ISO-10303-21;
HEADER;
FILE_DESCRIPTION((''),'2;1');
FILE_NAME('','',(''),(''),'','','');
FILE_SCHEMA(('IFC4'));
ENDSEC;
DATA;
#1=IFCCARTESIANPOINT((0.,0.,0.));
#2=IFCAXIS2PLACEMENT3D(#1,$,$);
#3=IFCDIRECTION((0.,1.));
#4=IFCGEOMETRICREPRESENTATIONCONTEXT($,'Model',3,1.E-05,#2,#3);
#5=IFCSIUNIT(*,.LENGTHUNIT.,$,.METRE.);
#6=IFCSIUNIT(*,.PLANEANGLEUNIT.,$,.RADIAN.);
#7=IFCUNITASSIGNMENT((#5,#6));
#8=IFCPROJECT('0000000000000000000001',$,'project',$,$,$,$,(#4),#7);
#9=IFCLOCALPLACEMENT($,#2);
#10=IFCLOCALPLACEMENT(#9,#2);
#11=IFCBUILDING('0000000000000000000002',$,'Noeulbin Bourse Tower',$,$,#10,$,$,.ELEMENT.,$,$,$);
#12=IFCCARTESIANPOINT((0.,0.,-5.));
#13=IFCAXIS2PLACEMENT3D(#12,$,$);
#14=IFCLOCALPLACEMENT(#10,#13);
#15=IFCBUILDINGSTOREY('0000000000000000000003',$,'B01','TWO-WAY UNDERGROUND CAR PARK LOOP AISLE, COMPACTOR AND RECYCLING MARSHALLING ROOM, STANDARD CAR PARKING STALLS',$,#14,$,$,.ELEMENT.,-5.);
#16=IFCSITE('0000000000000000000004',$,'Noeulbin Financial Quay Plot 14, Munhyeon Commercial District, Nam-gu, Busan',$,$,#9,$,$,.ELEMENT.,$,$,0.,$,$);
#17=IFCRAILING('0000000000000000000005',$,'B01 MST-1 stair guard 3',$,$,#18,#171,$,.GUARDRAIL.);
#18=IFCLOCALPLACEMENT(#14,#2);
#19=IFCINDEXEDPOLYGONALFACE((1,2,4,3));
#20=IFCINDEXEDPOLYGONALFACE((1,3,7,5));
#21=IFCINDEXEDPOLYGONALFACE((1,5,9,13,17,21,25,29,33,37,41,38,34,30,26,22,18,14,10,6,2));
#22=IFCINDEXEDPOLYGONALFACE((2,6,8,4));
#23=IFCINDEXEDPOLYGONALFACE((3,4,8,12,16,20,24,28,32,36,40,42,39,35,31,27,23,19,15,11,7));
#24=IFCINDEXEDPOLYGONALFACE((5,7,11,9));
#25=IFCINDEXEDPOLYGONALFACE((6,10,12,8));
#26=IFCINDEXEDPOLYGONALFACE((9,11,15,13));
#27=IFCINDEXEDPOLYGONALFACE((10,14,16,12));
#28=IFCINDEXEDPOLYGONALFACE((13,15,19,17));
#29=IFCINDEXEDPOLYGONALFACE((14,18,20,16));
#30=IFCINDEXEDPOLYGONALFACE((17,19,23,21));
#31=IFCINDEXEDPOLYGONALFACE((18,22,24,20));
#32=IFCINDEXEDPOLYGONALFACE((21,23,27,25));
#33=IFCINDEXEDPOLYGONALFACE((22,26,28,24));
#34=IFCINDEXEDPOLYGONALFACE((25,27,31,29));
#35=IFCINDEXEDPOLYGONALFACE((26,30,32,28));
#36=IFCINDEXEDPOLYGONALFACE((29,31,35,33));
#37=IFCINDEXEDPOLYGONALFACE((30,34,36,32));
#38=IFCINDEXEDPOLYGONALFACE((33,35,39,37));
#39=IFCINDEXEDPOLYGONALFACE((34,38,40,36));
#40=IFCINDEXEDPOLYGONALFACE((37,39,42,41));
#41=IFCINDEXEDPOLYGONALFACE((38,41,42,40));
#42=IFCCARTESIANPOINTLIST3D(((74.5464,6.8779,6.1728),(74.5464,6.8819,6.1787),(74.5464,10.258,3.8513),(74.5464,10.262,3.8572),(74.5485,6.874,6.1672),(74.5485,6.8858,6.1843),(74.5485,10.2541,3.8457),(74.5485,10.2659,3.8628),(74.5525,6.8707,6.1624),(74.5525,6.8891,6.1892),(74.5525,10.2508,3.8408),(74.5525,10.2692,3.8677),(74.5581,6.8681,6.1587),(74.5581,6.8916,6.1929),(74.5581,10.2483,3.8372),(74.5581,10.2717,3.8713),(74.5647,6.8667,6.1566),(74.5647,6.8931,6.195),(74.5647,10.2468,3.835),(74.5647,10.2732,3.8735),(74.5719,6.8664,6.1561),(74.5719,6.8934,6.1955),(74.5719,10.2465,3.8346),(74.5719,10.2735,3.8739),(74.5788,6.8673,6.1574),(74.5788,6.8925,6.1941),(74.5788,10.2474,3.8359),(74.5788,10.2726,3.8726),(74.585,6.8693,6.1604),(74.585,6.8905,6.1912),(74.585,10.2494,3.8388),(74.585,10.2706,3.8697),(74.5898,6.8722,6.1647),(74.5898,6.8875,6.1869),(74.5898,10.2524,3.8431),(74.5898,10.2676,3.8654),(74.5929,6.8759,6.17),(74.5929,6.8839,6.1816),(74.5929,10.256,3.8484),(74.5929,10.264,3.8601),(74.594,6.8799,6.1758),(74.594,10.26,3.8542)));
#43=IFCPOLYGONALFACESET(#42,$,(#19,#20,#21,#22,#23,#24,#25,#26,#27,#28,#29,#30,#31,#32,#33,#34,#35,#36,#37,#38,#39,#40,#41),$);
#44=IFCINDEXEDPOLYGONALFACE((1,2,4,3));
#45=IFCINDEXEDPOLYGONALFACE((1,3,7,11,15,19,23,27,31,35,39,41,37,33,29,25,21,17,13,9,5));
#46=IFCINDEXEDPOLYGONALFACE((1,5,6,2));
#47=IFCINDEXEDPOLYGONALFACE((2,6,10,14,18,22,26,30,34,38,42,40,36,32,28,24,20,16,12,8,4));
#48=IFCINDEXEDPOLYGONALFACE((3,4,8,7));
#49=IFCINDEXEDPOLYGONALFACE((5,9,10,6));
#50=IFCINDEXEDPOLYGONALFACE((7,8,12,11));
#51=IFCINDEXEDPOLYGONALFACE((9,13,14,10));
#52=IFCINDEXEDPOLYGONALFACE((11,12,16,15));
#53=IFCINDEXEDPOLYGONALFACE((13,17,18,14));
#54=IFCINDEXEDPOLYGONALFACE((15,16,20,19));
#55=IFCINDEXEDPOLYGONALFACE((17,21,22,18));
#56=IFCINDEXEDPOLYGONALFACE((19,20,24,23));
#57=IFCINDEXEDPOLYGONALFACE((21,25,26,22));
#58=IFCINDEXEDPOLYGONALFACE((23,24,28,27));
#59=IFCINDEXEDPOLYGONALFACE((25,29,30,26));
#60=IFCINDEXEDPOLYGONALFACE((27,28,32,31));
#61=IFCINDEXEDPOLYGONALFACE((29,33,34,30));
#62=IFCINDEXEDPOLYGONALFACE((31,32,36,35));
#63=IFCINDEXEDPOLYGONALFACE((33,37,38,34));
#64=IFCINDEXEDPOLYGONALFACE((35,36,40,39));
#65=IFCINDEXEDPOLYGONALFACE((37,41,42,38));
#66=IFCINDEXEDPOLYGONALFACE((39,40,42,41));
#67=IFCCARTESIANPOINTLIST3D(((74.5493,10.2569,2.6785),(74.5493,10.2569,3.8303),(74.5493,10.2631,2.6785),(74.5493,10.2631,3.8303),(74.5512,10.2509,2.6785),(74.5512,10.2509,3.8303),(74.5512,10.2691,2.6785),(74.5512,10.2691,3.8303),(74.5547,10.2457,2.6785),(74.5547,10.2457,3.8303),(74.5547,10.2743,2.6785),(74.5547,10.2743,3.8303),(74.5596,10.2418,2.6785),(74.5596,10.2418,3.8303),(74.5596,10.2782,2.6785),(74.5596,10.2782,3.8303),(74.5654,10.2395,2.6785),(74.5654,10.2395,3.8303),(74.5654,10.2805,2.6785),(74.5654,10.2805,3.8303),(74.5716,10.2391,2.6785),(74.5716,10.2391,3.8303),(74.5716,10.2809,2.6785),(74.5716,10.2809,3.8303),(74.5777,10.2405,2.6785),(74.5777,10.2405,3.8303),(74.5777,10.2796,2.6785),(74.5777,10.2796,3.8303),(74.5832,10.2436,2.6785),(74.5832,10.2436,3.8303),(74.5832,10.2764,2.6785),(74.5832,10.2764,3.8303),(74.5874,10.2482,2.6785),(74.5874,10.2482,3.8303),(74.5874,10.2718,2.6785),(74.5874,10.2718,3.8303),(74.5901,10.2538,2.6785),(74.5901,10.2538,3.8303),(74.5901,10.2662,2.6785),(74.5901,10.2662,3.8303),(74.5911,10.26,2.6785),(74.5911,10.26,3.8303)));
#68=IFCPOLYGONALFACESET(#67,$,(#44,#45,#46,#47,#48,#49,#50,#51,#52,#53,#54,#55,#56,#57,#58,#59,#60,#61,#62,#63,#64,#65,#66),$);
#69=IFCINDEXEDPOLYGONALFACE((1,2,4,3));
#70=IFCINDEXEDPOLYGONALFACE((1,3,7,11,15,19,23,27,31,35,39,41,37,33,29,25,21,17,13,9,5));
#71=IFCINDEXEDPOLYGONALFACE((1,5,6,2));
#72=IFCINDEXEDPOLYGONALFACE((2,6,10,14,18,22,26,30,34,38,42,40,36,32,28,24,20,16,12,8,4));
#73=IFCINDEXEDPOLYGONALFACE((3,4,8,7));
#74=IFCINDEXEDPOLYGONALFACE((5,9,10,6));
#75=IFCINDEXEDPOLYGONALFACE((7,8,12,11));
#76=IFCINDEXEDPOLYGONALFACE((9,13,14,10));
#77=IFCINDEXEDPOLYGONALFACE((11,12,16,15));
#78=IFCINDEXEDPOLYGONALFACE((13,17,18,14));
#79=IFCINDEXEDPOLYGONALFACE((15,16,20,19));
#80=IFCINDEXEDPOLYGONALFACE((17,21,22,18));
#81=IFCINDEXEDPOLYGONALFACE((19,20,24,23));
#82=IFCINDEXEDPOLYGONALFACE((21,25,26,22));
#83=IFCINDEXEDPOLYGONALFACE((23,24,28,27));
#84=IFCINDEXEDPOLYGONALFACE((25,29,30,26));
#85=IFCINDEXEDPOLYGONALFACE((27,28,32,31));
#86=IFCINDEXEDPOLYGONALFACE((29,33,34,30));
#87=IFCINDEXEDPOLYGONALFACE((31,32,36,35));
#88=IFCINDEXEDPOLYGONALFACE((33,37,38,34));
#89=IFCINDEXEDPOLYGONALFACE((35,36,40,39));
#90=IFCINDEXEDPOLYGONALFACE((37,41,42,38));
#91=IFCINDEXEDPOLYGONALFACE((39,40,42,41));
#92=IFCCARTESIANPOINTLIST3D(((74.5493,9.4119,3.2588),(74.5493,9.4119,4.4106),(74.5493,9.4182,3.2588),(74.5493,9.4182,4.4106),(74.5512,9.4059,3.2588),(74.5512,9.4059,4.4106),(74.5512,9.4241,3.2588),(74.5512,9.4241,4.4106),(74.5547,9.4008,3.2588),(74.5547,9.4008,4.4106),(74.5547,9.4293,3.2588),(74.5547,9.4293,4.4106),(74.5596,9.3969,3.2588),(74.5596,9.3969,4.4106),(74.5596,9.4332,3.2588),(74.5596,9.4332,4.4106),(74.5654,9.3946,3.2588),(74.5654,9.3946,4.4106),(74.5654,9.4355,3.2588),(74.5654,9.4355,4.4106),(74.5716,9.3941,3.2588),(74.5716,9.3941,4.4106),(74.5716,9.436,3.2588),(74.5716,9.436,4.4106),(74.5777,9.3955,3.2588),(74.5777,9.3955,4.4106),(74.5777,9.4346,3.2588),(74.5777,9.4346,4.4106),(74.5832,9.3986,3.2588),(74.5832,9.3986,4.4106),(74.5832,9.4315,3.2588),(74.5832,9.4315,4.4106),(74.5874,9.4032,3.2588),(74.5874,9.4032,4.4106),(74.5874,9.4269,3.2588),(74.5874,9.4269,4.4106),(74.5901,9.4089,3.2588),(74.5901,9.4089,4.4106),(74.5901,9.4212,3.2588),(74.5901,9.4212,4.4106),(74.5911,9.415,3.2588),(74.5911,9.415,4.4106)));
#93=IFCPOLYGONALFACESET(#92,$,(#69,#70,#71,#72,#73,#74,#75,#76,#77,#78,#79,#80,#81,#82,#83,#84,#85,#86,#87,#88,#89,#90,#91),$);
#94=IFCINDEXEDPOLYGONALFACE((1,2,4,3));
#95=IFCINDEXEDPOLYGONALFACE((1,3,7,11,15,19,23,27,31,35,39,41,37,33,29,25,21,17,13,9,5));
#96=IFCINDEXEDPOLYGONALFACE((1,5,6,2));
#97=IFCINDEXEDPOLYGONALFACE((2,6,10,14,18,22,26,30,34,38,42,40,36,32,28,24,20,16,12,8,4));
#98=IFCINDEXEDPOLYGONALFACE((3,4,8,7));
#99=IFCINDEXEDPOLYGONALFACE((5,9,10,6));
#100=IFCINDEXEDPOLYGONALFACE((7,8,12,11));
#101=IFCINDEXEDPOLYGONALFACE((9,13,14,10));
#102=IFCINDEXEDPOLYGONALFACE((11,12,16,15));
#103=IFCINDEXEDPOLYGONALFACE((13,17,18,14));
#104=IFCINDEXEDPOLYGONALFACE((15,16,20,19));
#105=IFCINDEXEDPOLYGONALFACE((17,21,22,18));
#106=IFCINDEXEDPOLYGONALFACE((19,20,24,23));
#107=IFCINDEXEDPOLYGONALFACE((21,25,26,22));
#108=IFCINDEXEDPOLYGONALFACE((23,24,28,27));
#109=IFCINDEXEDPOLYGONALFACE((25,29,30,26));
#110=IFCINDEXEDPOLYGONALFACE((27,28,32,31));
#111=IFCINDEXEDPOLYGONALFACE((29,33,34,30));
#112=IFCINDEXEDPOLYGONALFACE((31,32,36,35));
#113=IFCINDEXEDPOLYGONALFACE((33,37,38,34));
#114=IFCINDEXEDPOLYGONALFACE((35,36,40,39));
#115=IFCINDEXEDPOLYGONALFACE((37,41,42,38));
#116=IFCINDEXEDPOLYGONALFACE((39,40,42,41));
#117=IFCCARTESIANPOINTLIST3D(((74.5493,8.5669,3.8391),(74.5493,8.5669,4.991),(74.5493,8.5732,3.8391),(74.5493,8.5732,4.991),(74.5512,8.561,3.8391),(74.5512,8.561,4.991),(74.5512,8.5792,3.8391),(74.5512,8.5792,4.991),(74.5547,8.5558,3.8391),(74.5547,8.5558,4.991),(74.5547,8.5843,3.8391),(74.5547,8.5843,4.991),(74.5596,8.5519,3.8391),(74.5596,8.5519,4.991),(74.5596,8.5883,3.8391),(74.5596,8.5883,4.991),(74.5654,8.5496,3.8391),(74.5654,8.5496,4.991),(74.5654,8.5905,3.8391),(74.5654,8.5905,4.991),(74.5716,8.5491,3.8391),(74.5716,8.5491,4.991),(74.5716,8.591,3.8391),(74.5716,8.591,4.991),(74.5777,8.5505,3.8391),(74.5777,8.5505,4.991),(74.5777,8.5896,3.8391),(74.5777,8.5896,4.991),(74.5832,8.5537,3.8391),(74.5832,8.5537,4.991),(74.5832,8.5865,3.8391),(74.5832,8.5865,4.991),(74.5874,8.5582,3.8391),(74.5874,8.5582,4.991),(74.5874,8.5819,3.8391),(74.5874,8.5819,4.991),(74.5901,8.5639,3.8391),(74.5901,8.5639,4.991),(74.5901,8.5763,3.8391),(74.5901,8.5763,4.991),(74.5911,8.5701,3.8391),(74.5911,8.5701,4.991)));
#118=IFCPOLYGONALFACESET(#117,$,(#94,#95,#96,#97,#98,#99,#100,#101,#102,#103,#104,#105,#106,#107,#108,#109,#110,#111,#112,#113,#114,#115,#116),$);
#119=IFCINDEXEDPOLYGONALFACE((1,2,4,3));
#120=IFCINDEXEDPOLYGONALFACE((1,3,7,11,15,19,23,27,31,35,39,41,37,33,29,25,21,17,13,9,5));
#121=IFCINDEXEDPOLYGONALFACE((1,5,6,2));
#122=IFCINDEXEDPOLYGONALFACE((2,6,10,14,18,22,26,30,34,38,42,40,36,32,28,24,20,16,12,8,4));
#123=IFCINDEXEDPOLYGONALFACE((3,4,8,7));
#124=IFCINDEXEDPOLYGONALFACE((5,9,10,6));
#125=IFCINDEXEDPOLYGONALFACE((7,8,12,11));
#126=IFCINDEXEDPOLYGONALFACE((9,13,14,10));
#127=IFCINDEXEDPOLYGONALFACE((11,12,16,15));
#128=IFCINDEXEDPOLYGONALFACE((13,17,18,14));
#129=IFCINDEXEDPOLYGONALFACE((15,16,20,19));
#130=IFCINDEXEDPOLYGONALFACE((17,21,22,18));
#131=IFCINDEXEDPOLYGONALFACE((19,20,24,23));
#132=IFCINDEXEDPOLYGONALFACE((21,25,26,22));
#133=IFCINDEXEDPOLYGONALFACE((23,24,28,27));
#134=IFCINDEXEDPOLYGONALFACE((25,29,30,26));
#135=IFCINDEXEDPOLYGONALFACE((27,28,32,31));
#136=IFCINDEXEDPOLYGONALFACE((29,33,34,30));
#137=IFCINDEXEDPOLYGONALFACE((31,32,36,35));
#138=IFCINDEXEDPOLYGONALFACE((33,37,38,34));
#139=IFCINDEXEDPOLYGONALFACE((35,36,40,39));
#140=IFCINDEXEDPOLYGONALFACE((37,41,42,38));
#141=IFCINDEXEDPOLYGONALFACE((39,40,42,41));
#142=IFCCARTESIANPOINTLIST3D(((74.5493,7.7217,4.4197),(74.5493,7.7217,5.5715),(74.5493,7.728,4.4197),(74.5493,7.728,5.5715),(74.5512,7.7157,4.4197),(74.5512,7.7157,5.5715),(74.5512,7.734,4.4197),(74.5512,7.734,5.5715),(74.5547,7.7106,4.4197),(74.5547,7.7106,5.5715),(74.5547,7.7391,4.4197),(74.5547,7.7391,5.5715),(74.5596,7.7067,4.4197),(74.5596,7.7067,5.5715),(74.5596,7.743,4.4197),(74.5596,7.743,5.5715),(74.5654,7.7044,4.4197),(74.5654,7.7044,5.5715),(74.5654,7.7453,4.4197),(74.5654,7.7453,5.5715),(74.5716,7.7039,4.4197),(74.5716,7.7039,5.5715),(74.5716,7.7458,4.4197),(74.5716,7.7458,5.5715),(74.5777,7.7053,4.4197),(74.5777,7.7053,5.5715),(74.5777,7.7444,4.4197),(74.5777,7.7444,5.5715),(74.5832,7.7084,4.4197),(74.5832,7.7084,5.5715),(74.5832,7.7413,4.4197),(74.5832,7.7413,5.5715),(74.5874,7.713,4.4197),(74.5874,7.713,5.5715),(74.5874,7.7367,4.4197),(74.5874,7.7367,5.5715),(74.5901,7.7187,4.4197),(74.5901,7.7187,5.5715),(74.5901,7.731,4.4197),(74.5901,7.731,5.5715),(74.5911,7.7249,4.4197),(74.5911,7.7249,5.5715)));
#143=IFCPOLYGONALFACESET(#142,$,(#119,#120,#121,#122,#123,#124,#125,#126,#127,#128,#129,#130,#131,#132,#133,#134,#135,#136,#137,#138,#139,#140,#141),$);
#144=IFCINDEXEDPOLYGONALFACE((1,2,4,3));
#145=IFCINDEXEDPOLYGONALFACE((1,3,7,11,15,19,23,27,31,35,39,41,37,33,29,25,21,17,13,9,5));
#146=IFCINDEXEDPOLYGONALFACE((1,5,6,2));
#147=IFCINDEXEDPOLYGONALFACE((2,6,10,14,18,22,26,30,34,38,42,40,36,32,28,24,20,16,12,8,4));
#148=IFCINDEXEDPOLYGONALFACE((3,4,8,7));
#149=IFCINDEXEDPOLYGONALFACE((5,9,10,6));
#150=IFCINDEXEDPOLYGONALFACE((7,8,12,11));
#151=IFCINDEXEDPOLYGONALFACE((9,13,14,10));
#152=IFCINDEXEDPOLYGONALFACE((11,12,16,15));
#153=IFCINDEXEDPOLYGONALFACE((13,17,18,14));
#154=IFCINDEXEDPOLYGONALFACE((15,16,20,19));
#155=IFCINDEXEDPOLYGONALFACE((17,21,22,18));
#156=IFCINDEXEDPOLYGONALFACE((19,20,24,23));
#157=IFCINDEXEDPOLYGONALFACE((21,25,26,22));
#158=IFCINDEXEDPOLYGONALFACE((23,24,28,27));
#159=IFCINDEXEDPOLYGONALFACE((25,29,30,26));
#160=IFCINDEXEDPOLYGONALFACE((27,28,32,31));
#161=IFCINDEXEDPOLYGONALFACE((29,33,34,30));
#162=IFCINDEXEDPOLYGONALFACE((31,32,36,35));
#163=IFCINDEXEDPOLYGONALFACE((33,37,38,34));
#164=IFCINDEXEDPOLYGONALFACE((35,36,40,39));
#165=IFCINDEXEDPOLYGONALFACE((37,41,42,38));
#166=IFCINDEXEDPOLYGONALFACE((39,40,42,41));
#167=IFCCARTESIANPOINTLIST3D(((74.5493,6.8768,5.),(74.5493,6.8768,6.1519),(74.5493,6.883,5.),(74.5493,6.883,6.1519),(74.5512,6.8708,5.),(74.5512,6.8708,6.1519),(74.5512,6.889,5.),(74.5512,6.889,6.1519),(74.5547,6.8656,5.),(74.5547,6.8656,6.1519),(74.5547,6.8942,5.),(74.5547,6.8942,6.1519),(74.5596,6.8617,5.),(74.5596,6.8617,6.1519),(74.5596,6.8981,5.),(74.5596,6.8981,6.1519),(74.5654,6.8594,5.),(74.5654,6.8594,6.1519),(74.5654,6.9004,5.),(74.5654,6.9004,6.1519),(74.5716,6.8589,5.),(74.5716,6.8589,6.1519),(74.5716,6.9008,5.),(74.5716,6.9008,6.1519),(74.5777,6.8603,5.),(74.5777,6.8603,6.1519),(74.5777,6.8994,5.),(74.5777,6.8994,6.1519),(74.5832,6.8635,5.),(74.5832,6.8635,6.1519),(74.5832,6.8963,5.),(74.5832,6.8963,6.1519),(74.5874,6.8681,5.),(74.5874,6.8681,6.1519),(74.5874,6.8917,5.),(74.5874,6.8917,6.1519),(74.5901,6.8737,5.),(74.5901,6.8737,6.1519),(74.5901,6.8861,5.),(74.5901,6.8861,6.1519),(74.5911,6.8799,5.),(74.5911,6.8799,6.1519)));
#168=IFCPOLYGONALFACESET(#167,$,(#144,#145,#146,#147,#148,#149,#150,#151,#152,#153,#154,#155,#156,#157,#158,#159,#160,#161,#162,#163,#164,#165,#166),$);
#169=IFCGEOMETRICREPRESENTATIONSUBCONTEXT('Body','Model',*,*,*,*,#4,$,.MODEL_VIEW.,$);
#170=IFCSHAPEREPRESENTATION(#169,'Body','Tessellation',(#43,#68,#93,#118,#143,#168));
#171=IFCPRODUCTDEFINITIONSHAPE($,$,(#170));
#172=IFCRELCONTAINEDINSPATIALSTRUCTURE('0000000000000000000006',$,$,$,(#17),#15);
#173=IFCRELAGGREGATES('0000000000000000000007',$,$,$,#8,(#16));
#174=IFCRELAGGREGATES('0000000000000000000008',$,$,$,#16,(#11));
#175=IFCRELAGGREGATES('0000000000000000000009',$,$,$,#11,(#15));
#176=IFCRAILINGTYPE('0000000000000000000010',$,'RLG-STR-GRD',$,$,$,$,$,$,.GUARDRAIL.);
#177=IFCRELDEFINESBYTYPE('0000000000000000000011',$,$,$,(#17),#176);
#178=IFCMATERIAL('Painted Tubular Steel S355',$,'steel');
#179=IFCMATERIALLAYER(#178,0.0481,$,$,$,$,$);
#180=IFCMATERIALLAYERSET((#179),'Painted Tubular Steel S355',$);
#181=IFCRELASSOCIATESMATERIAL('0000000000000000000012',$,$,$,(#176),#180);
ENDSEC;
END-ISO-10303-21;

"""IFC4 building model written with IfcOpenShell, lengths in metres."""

from ifc_helpers import new_model, si_unit, direction, frame, origin, origin_2d, place, context, subcontext, project, spatial, circle, extrude, material, layer, layer_set, type_object, element, save


model = new_model("IFC4")

# Units and contexts
model_context = context("Model", 3, precision=1e-05, world=origin(), true_north=direction((0.0, 1.0)))
body_context = subcontext(model_context, "Body", "Model", "MODEL_VIEW")
ifc_project = project(units=[si_unit("LENGTHUNIT", "METRE"), si_unit("PLANEANGLEUNIT", "RADIAN")], contexts=[model_context])

# Site, building, storey
site_placement = place(None, origin())
site = spatial("IfcSite", under=ifc_project, at=site_placement, Name="Noeulbin Financial Quay Plot 14, Munhyeon Commercial District, Nam-gu, Busan", CompositionType="ELEMENT", RefElevation=0.0)
building_placement = place(site_placement, origin())
building = spatial("IfcBuilding", under=site, at=building_placement, Name="Noeulbin Bourse Tower", CompositionType="ELEMENT")
storey_placement = place(building_placement, frame((0.0, 0.0, -5.0)))
storey = spatial("IfcBuildingStorey", under=building, at=storey_placement, Name="B01", Description="TWO-WAY UNDERGROUND CAR PARK LOOP AISLE, COMPACTOR AND RECYCLING MARSHALLING ROOM, STANDARD CAR PARKING STALLS", CompositionType="ELEMENT", Elevation=-5.0)

# Railing
ifc_material_1 = material(Name="Painted Tubular Steel S355", Category="steel")
ifc_layer_1 = layer(ifc_material_1, 0.0481)
ifc_layer_set_1 = layer_set([ifc_layer_1], Name="Painted Tubular Steel S355")
railing_type_1 = type_object("IfcRailingType", Name="RLG-STR-GRD", PredefinedType="GUARDRAIL", material=ifc_layer_set_1)
railing_1_placement = place(storey_placement, frame((74.5701, 10.26, 2.6785)))
element("IfcRailing", 1, at=railing_1_placement, inside=storey, type_object=railing_type_1, Name="B01 MST-1 stair guard 3", PredefinedType="GUARDRAIL", context=body_context, shape_type="SweptSolid", body=[
    extrude(circle(Radius=0.0239, at=origin_2d()), frame((0.0, 0.0, 1.1758), z_axis=(0.0, -0.824304, 0.566147), x_axis=(1.0, 0.0, 0.0)), (0.0, 0.0, 1.0), 4.1006),
    extrude(circle(Radius=0.021, at=origin_2d()), origin(), (0.0, 0.0, 1.0), 1.1519),
    extrude(circle(Radius=0.021, at=origin_2d()), frame((0.0, -0.845, 0.5803)), (0.0, 0.0, 1.0), 1.1519),
    extrude(circle(Radius=0.021, at=origin_2d()), frame((0.0, -1.6899, 1.1606)), (0.0, 0.0, 1.0), 1.1519),
    extrude(circle(Radius=0.021, at=origin_2d()), frame((0.0, -2.5352, 1.7412)), (0.0, 0.0, 1.0), 1.1519),
    extrude(circle(Radius=0.021, at=origin_2d()), frame((0.0, -3.3801, 2.3215)), (0.0, 0.0, 1.0), 1.1519),
])

save(model, "model.ifc")
